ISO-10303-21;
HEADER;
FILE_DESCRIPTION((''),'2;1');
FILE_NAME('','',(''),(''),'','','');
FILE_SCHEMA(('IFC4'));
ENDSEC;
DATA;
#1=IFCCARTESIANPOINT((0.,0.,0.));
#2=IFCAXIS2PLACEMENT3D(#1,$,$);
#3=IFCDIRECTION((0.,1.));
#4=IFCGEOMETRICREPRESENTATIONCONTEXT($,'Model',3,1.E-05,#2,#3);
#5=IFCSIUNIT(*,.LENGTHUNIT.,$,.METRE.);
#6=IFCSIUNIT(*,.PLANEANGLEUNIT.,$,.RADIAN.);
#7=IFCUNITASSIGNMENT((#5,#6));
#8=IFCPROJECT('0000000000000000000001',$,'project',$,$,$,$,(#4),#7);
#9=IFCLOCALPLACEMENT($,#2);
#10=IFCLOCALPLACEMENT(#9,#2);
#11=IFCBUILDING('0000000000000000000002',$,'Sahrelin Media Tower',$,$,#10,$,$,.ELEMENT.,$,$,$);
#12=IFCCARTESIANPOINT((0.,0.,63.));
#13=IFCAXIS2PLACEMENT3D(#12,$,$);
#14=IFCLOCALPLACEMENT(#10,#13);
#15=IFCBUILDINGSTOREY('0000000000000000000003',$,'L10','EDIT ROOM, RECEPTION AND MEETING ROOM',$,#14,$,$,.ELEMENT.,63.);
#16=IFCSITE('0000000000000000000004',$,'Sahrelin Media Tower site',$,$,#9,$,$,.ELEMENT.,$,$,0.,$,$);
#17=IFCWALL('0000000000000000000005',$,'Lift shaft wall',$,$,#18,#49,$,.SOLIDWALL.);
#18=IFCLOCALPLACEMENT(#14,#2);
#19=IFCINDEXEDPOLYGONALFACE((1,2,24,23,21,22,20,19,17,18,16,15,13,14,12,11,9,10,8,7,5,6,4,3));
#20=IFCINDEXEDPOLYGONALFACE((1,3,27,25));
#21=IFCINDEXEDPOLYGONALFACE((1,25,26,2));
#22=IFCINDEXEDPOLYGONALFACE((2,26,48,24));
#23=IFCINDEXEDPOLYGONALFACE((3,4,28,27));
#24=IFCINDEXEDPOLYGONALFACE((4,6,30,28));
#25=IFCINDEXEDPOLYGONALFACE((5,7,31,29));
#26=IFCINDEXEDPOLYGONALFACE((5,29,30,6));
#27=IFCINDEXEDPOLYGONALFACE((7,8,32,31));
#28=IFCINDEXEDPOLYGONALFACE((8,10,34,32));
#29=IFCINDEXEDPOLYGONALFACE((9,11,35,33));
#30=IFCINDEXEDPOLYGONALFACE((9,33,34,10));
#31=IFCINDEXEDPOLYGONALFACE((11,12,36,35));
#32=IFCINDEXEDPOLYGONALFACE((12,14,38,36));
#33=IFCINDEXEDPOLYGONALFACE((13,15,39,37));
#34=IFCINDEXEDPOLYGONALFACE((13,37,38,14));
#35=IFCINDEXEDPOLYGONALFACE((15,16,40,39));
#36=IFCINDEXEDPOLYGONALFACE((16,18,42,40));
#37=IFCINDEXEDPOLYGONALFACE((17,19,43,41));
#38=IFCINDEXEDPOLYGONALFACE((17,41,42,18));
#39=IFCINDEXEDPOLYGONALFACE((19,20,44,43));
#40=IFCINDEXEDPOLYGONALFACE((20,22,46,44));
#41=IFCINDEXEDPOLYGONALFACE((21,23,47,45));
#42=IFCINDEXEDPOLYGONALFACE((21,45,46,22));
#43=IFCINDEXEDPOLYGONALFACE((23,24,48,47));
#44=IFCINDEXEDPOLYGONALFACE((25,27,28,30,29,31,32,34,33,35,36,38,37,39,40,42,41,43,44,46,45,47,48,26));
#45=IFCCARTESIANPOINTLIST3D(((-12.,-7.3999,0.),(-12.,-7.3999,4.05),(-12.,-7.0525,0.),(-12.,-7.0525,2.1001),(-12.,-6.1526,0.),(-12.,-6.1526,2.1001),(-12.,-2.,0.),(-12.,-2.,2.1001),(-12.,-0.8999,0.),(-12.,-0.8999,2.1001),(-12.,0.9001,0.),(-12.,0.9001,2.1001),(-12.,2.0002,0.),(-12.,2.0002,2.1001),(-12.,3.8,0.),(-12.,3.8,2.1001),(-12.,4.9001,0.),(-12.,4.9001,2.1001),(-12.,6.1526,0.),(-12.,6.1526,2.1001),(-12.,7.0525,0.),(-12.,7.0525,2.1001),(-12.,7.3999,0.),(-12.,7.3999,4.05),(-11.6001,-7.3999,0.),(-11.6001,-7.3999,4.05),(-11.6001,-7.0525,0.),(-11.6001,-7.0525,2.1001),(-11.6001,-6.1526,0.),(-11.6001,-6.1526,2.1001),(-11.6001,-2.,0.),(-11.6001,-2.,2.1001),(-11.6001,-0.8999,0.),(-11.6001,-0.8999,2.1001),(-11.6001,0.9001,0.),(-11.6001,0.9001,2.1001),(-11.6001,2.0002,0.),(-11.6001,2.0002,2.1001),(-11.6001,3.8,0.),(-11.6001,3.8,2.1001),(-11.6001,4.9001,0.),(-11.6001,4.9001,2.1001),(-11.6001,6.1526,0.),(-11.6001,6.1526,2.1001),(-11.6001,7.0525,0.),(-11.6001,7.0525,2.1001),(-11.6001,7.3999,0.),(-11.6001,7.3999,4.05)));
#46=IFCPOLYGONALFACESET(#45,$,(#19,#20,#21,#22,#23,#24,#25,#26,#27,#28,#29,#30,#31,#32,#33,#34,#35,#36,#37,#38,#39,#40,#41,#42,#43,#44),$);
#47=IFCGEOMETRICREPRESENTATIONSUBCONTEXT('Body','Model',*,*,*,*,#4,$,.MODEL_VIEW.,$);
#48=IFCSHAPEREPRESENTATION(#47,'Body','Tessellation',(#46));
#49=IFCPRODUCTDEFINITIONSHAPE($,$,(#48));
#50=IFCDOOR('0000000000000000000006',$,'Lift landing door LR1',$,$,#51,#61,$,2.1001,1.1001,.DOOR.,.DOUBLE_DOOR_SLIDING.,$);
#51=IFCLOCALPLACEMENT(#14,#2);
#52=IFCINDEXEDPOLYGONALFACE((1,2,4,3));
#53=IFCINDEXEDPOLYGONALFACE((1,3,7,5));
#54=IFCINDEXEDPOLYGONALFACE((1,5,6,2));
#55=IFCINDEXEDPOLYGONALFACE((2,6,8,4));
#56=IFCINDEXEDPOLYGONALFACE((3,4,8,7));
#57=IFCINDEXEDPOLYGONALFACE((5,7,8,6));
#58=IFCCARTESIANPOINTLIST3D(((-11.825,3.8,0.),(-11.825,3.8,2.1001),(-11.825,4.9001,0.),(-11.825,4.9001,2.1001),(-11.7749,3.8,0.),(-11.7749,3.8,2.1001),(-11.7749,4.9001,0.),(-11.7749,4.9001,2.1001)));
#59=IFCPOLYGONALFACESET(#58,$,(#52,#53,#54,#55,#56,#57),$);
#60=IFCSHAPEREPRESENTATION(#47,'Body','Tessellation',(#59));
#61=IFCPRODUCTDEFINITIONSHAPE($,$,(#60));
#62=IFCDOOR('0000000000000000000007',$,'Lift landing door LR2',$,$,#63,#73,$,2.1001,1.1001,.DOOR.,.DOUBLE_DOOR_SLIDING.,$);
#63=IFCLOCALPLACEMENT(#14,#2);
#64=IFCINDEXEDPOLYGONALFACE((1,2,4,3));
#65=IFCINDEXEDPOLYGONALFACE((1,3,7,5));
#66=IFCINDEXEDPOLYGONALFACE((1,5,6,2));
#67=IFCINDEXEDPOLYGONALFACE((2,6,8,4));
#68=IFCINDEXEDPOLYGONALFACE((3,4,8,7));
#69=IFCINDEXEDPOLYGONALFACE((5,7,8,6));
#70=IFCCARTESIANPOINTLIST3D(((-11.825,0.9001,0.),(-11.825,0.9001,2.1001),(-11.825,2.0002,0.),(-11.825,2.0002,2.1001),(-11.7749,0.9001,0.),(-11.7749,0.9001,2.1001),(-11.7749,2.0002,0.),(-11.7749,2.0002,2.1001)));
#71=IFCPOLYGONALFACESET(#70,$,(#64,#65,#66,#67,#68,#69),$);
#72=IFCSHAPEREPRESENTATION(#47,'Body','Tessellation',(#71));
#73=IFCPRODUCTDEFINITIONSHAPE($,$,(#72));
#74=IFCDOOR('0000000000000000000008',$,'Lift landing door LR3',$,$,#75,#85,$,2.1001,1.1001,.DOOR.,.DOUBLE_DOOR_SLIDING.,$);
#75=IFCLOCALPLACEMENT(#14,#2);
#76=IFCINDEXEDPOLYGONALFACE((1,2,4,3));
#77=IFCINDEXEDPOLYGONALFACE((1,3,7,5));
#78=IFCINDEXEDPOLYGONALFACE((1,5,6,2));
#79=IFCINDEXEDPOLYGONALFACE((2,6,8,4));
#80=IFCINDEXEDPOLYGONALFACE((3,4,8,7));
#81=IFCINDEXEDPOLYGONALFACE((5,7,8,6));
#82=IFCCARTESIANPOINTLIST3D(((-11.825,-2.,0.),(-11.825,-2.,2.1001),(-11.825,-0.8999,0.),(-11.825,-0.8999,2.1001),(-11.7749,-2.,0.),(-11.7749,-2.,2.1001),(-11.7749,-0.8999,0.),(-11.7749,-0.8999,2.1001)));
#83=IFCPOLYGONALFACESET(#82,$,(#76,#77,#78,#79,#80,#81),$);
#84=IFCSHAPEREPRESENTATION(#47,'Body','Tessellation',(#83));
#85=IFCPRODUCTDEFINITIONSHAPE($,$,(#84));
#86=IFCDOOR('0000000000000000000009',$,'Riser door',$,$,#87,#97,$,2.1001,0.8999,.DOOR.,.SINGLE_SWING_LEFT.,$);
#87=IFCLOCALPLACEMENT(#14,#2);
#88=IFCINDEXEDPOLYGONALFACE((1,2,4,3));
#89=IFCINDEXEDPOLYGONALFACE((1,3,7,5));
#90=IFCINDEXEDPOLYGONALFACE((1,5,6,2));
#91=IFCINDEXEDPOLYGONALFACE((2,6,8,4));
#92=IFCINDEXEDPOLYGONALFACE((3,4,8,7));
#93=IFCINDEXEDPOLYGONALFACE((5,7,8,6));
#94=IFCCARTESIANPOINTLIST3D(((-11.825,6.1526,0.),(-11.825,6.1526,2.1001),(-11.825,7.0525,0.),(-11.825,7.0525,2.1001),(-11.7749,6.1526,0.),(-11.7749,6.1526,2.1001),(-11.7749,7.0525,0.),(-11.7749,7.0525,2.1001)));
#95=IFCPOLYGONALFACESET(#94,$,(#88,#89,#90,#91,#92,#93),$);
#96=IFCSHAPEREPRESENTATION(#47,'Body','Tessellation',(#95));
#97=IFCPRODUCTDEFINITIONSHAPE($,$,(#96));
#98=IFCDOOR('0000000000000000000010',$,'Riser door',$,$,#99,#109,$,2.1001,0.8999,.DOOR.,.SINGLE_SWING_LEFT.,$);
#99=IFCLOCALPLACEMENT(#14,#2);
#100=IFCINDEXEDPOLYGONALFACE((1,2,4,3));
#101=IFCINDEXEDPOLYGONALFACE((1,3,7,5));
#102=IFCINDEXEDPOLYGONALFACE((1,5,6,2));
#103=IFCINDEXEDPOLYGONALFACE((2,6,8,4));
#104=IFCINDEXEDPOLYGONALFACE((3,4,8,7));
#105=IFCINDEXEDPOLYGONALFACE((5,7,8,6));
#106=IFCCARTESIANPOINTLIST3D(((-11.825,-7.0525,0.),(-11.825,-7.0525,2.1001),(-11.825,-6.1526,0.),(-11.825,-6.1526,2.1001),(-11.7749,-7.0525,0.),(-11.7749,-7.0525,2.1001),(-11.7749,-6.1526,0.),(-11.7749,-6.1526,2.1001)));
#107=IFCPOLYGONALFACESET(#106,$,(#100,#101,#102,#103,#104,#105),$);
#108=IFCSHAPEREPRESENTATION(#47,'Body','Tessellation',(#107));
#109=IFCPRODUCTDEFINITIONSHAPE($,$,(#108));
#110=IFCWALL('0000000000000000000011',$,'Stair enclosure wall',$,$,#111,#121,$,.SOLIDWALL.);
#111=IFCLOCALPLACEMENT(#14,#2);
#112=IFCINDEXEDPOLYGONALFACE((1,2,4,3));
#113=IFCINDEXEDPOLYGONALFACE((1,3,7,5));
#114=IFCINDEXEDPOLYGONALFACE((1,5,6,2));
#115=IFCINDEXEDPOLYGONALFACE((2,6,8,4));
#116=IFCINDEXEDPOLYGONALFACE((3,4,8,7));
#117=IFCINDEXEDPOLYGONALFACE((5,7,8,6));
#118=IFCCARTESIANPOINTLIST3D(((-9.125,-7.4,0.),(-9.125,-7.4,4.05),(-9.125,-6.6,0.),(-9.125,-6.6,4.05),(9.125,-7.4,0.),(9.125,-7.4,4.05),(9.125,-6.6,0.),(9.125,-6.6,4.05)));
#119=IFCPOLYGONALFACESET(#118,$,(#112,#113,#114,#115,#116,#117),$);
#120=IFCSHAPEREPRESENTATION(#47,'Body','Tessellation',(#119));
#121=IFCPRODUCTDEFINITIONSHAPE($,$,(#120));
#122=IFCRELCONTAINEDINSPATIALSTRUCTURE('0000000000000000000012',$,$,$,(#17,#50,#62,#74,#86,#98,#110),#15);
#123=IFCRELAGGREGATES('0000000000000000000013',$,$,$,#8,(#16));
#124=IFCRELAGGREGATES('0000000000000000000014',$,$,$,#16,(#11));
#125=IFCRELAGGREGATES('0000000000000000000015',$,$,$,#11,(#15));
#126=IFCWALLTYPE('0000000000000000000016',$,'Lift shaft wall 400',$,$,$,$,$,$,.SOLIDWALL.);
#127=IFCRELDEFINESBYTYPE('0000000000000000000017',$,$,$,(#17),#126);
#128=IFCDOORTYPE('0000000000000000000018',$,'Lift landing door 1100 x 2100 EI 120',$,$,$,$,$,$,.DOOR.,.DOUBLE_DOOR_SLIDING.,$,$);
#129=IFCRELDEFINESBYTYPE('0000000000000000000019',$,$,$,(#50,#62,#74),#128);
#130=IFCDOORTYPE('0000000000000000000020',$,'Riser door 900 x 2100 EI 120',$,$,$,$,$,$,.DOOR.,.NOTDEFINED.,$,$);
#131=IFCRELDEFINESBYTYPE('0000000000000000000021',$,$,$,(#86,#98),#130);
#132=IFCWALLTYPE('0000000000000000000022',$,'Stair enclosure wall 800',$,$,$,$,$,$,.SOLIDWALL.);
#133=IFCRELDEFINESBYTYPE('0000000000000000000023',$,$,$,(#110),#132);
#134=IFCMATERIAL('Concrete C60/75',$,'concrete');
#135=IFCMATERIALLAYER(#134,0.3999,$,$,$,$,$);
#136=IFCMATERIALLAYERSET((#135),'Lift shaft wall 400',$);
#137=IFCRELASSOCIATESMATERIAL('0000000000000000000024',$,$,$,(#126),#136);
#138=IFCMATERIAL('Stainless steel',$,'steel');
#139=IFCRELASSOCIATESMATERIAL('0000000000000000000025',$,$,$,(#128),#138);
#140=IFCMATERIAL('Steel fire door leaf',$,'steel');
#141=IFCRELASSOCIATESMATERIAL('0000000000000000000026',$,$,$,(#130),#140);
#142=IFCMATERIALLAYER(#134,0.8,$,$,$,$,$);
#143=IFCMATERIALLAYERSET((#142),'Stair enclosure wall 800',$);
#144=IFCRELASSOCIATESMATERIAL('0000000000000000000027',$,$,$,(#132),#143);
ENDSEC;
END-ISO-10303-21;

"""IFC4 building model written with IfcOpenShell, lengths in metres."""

from ifc_helpers import new_model, si_unit, direction, frame, frame_2d, origin, place, context, subcontext, project, spatial, rectangle, extrude, material, layer, layer_set, type_object, element, fill, save


model = new_model("IFC4")

# Units and contexts
model_context = context("Model", 3, precision=1e-05, world=origin(), true_north=direction((0.0, 1.0)))
body_context = subcontext(model_context, "Body", "Model", "MODEL_VIEW")
ifc_project = project(units=[si_unit("LENGTHUNIT", "METRE"), si_unit("PLANEANGLEUNIT", "RADIAN")], contexts=[model_context])

# Site, building, storey
site_placement = place(None, origin())
site = spatial("IfcSite", under=ifc_project, at=site_placement, Name="Sahrelin Media Tower site", CompositionType="ELEMENT", RefElevation=0.0)
building_placement = place(site_placement, origin())
building = spatial("IfcBuilding", under=site, at=building_placement, Name="Sahrelin Media Tower", CompositionType="ELEMENT")
storey_placement = place(building_placement, frame((0.0, 0.0, 63.0)))
storey = spatial("IfcBuildingStorey", under=building, at=storey_placement, Name="L10", Description="EDIT ROOM, RECEPTION AND MEETING ROOM", CompositionType="ELEMENT", Elevation=63.0)

# Shared definitions
ifc_material_1 = material(Name="Concrete C60/75", Category="concrete")
ifc_material_2 = material(Name="Steel fire door leaf", Category="steel")

# Wall, openings, doors
ifc_material_3 = material(Name="Stainless steel", Category="steel")
ifc_layer_1 = layer(ifc_material_1, 0.3999)
ifc_layer_set_1 = layer_set([ifc_layer_1], Name="Lift shaft wall 400")
wall_type_1 = type_object("IfcWallType", Name="Lift shaft wall 400", PredefinedType="SOLIDWALL", material=ifc_layer_set_1)
wall_1_placement = place(storey_placement, frame((-11.8, -7.3999, 0.0), z_axis=(0.0, 0.0, 1.0), x_axis=(0.0, 1.0, 0.0)))
wall_1 = element("IfcWall", 1, at=wall_1_placement, inside=storey, type_object=wall_type_1, Name="Lift shaft wall", PredefinedType="SOLIDWALL", context=body_context, shape_type="SweptSolid", body=[
    extrude(rectangle(XDim=14.7998, YDim=0.3999, at=frame_2d((7.3999, 0.0))), origin(), (0.0, 0.0, 1.0), 4.05),
])
opening_1_placement = place(wall_1_placement, frame((11.2, 0.0, 0.0)))
opening_1 = element("IfcOpeningElement", 2, at=opening_1_placement, cuts=wall_1, PredefinedType="OPENING", context=body_context, shape_type="SweptSolid", body=[
    extrude(rectangle(XDim=1.1001, YDim=2.1001, at=frame_2d((0.55, 1.05))), frame((0.0, 0.2, 0.0), z_axis=(0.0, -1.0, 0.0), x_axis=(1.0, 0.0, 0.0)), (0.0, 0.0, 1.0), 0.3999),
])
opening_2_placement = place(wall_1_placement, frame((8.3, 0.0, 0.0)))
opening_2 = element("IfcOpeningElement", 3, at=opening_2_placement, cuts=wall_1, PredefinedType="OPENING", context=body_context, shape_type="SweptSolid", body=[
    extrude(rectangle(XDim=1.1001, YDim=2.1001, at=frame_2d((0.55, 1.05))), frame((0.0, 0.2, 0.0), z_axis=(0.0, -1.0, 0.0), x_axis=(1.0, 0.0, 0.0)), (0.0, 0.0, 1.0), 0.3999),
])
opening_3_placement = place(wall_1_placement, frame((5.3999, 0.0, 0.0)))
opening_3 = element("IfcOpeningElement", 4, at=opening_3_placement, cuts=wall_1, PredefinedType="OPENING", context=body_context, shape_type="SweptSolid", body=[
    extrude(rectangle(XDim=1.1001, YDim=2.1001, at=frame_2d((0.55, 1.05))), frame((0.0, 0.2, 0.0), z_axis=(0.0, -1.0, 0.0), x_axis=(1.0, 0.0, 0.0)), (0.0, 0.0, 1.0), 0.3999),
])
opening_4_placement = place(wall_1_placement, frame((13.5525, 0.0, 0.0)))
opening_4 = element("IfcOpeningElement", 5, at=opening_4_placement, cuts=wall_1, PredefinedType="OPENING", context=body_context, shape_type="SweptSolid", body=[
    extrude(rectangle(XDim=0.8999, YDim=2.1001, at=frame_2d((0.45, 1.05))), frame((0.0, 0.2, 0.0), z_axis=(0.0, -1.0, 0.0), x_axis=(1.0, 0.0, 0.0)), (0.0, 0.0, 1.0), 0.3999),
])
opening_5_placement = place(wall_1_placement, frame((0.3474, 0.0, 0.0)))
opening_5 = element("IfcOpeningElement", 6, at=opening_5_placement, cuts=wall_1, PredefinedType="OPENING", context=body_context, shape_type="SweptSolid", body=[
    extrude(rectangle(XDim=0.8999, YDim=2.1001, at=frame_2d((0.45, 1.05))), frame((0.0, 0.2, 0.0), z_axis=(0.0, -1.0, 0.0), x_axis=(1.0, 0.0, 0.0)), (0.0, 0.0, 1.0), 0.3999),
])
door_type_1 = type_object("IfcDoorType", Name="Lift landing door 1100 x 2100 EI 120", OperationType="DOUBLE_DOOR_SLIDING", PredefinedType="DOOR", material=ifc_material_3)
door_1_placement = place(opening_1_placement, origin())
door_1 = element("IfcDoor", 7, at=door_1_placement, inside=storey, type_object=door_type_1, Name="Lift landing door LR1", OperationType="DOUBLE_DOOR_SLIDING", OverallHeight=2.1001, OverallWidth=1.1001, PredefinedType="DOOR", context=body_context, shape_type="SweptSolid", body=[
    extrude(rectangle(XDim=1.1001, YDim=2.1001, at=frame_2d((0.55, 1.05))), frame((0.0, 0.0249, 0.0), z_axis=(0.0, -1.0, 0.0), x_axis=(1.0, 0.0, 0.0)), (0.0, 0.0, 1.0), 0.05),
])
fill(opening_1, door_1)
door_2_placement = place(opening_2_placement, origin())
door_2 = element("IfcDoor", 8, at=door_2_placement, inside=storey, type_object=door_type_1, Name="Lift landing door LR2", OperationType="DOUBLE_DOOR_SLIDING", OverallHeight=2.1001, OverallWidth=1.1001, PredefinedType="DOOR", context=body_context, shape_type="SweptSolid", body=[
    extrude(rectangle(XDim=1.1001, YDim=2.1001, at=frame_2d((0.55, 1.05))), frame((0.0, 0.0249, 0.0), z_axis=(0.0, -1.0, 0.0), x_axis=(1.0, 0.0, 0.0)), (0.0, 0.0, 1.0), 0.05),
])
fill(opening_2, door_2)
door_3_placement = place(opening_3_placement, origin())
door_3 = element("IfcDoor", 9, at=door_3_placement, inside=storey, type_object=door_type_1, Name="Lift landing door LR3", OperationType="DOUBLE_DOOR_SLIDING", OverallHeight=2.1001, OverallWidth=1.1001, PredefinedType="DOOR", context=body_context, shape_type="SweptSolid", body=[
    extrude(rectangle(XDim=1.1001, YDim=2.1001, at=frame_2d((0.55, 1.05))), frame((0.0, 0.0249, 0.0), z_axis=(0.0, -1.0, 0.0), x_axis=(1.0, 0.0, 0.0)), (0.0, 0.0, 1.0), 0.05),
])
fill(opening_3, door_3)
door_type_2 = type_object("IfcDoorType", Name="Riser door 900 x 2100 EI 120", OperationType="NOTDEFINED", PredefinedType="DOOR", material=ifc_material_2)
door_4_placement = place(opening_4_placement, origin())
door_4 = element("IfcDoor", 10, at=door_4_placement, inside=storey, type_object=door_type_2, Name="Riser door", OperationType="SINGLE_SWING_LEFT", OverallHeight=2.1001, OverallWidth=0.8999, PredefinedType="DOOR", context=body_context, shape_type="SweptSolid", body=[
    extrude(rectangle(XDim=0.8999, YDim=2.1001, at=frame_2d((0.45, 1.05))), frame((0.0, 0.0249, 0.0), z_axis=(0.0, -1.0, 0.0), x_axis=(1.0, 0.0, 0.0)), (0.0, 0.0, 1.0), 0.05),
])
fill(opening_4, door_4)
door_5_placement = place(opening_5_placement, origin())
door_5 = element("IfcDoor", 11, at=door_5_placement, inside=storey, type_object=door_type_2, Name="Riser door", OperationType="SINGLE_SWING_LEFT", OverallHeight=2.1001, OverallWidth=0.8999, PredefinedType="DOOR", context=body_context, shape_type="SweptSolid", body=[
    extrude(rectangle(XDim=0.8999, YDim=2.1001, at=frame_2d((0.45, 1.05))), frame((0.0, 0.0249, 0.0), z_axis=(0.0, -1.0, 0.0), x_axis=(1.0, 0.0, 0.0)), (0.0, 0.0, 1.0), 0.05),
])
fill(opening_5, door_5)

# Wall
ifc_layer_2 = layer(ifc_material_1, 0.8)
ifc_layer_set_2 = layer_set([ifc_layer_2], Name="Stair enclosure wall 800")
wall_type_2 = type_object("IfcWallType", Name="Stair enclosure wall 800", PredefinedType="SOLIDWALL", material=ifc_layer_set_2)
wall_2_placement = place(storey_placement, frame((-9.125, -7.0, 0.0), z_axis=(0.0, 0.0, 1.0), x_axis=(1.0, 0.0, 0.0)))
element("IfcWall", 12, at=wall_2_placement, inside=storey, type_object=wall_type_2, Name="Stair enclosure wall", PredefinedType="SOLIDWALL", context=body_context, shape_type="SweptSolid", body=[
    extrude(rectangle(XDim=18.25, YDim=0.8, at=frame_2d((9.125, 0.0))), origin(), (0.0, 0.0, 1.0), 4.05),
])

save(model, "model.ifc")
